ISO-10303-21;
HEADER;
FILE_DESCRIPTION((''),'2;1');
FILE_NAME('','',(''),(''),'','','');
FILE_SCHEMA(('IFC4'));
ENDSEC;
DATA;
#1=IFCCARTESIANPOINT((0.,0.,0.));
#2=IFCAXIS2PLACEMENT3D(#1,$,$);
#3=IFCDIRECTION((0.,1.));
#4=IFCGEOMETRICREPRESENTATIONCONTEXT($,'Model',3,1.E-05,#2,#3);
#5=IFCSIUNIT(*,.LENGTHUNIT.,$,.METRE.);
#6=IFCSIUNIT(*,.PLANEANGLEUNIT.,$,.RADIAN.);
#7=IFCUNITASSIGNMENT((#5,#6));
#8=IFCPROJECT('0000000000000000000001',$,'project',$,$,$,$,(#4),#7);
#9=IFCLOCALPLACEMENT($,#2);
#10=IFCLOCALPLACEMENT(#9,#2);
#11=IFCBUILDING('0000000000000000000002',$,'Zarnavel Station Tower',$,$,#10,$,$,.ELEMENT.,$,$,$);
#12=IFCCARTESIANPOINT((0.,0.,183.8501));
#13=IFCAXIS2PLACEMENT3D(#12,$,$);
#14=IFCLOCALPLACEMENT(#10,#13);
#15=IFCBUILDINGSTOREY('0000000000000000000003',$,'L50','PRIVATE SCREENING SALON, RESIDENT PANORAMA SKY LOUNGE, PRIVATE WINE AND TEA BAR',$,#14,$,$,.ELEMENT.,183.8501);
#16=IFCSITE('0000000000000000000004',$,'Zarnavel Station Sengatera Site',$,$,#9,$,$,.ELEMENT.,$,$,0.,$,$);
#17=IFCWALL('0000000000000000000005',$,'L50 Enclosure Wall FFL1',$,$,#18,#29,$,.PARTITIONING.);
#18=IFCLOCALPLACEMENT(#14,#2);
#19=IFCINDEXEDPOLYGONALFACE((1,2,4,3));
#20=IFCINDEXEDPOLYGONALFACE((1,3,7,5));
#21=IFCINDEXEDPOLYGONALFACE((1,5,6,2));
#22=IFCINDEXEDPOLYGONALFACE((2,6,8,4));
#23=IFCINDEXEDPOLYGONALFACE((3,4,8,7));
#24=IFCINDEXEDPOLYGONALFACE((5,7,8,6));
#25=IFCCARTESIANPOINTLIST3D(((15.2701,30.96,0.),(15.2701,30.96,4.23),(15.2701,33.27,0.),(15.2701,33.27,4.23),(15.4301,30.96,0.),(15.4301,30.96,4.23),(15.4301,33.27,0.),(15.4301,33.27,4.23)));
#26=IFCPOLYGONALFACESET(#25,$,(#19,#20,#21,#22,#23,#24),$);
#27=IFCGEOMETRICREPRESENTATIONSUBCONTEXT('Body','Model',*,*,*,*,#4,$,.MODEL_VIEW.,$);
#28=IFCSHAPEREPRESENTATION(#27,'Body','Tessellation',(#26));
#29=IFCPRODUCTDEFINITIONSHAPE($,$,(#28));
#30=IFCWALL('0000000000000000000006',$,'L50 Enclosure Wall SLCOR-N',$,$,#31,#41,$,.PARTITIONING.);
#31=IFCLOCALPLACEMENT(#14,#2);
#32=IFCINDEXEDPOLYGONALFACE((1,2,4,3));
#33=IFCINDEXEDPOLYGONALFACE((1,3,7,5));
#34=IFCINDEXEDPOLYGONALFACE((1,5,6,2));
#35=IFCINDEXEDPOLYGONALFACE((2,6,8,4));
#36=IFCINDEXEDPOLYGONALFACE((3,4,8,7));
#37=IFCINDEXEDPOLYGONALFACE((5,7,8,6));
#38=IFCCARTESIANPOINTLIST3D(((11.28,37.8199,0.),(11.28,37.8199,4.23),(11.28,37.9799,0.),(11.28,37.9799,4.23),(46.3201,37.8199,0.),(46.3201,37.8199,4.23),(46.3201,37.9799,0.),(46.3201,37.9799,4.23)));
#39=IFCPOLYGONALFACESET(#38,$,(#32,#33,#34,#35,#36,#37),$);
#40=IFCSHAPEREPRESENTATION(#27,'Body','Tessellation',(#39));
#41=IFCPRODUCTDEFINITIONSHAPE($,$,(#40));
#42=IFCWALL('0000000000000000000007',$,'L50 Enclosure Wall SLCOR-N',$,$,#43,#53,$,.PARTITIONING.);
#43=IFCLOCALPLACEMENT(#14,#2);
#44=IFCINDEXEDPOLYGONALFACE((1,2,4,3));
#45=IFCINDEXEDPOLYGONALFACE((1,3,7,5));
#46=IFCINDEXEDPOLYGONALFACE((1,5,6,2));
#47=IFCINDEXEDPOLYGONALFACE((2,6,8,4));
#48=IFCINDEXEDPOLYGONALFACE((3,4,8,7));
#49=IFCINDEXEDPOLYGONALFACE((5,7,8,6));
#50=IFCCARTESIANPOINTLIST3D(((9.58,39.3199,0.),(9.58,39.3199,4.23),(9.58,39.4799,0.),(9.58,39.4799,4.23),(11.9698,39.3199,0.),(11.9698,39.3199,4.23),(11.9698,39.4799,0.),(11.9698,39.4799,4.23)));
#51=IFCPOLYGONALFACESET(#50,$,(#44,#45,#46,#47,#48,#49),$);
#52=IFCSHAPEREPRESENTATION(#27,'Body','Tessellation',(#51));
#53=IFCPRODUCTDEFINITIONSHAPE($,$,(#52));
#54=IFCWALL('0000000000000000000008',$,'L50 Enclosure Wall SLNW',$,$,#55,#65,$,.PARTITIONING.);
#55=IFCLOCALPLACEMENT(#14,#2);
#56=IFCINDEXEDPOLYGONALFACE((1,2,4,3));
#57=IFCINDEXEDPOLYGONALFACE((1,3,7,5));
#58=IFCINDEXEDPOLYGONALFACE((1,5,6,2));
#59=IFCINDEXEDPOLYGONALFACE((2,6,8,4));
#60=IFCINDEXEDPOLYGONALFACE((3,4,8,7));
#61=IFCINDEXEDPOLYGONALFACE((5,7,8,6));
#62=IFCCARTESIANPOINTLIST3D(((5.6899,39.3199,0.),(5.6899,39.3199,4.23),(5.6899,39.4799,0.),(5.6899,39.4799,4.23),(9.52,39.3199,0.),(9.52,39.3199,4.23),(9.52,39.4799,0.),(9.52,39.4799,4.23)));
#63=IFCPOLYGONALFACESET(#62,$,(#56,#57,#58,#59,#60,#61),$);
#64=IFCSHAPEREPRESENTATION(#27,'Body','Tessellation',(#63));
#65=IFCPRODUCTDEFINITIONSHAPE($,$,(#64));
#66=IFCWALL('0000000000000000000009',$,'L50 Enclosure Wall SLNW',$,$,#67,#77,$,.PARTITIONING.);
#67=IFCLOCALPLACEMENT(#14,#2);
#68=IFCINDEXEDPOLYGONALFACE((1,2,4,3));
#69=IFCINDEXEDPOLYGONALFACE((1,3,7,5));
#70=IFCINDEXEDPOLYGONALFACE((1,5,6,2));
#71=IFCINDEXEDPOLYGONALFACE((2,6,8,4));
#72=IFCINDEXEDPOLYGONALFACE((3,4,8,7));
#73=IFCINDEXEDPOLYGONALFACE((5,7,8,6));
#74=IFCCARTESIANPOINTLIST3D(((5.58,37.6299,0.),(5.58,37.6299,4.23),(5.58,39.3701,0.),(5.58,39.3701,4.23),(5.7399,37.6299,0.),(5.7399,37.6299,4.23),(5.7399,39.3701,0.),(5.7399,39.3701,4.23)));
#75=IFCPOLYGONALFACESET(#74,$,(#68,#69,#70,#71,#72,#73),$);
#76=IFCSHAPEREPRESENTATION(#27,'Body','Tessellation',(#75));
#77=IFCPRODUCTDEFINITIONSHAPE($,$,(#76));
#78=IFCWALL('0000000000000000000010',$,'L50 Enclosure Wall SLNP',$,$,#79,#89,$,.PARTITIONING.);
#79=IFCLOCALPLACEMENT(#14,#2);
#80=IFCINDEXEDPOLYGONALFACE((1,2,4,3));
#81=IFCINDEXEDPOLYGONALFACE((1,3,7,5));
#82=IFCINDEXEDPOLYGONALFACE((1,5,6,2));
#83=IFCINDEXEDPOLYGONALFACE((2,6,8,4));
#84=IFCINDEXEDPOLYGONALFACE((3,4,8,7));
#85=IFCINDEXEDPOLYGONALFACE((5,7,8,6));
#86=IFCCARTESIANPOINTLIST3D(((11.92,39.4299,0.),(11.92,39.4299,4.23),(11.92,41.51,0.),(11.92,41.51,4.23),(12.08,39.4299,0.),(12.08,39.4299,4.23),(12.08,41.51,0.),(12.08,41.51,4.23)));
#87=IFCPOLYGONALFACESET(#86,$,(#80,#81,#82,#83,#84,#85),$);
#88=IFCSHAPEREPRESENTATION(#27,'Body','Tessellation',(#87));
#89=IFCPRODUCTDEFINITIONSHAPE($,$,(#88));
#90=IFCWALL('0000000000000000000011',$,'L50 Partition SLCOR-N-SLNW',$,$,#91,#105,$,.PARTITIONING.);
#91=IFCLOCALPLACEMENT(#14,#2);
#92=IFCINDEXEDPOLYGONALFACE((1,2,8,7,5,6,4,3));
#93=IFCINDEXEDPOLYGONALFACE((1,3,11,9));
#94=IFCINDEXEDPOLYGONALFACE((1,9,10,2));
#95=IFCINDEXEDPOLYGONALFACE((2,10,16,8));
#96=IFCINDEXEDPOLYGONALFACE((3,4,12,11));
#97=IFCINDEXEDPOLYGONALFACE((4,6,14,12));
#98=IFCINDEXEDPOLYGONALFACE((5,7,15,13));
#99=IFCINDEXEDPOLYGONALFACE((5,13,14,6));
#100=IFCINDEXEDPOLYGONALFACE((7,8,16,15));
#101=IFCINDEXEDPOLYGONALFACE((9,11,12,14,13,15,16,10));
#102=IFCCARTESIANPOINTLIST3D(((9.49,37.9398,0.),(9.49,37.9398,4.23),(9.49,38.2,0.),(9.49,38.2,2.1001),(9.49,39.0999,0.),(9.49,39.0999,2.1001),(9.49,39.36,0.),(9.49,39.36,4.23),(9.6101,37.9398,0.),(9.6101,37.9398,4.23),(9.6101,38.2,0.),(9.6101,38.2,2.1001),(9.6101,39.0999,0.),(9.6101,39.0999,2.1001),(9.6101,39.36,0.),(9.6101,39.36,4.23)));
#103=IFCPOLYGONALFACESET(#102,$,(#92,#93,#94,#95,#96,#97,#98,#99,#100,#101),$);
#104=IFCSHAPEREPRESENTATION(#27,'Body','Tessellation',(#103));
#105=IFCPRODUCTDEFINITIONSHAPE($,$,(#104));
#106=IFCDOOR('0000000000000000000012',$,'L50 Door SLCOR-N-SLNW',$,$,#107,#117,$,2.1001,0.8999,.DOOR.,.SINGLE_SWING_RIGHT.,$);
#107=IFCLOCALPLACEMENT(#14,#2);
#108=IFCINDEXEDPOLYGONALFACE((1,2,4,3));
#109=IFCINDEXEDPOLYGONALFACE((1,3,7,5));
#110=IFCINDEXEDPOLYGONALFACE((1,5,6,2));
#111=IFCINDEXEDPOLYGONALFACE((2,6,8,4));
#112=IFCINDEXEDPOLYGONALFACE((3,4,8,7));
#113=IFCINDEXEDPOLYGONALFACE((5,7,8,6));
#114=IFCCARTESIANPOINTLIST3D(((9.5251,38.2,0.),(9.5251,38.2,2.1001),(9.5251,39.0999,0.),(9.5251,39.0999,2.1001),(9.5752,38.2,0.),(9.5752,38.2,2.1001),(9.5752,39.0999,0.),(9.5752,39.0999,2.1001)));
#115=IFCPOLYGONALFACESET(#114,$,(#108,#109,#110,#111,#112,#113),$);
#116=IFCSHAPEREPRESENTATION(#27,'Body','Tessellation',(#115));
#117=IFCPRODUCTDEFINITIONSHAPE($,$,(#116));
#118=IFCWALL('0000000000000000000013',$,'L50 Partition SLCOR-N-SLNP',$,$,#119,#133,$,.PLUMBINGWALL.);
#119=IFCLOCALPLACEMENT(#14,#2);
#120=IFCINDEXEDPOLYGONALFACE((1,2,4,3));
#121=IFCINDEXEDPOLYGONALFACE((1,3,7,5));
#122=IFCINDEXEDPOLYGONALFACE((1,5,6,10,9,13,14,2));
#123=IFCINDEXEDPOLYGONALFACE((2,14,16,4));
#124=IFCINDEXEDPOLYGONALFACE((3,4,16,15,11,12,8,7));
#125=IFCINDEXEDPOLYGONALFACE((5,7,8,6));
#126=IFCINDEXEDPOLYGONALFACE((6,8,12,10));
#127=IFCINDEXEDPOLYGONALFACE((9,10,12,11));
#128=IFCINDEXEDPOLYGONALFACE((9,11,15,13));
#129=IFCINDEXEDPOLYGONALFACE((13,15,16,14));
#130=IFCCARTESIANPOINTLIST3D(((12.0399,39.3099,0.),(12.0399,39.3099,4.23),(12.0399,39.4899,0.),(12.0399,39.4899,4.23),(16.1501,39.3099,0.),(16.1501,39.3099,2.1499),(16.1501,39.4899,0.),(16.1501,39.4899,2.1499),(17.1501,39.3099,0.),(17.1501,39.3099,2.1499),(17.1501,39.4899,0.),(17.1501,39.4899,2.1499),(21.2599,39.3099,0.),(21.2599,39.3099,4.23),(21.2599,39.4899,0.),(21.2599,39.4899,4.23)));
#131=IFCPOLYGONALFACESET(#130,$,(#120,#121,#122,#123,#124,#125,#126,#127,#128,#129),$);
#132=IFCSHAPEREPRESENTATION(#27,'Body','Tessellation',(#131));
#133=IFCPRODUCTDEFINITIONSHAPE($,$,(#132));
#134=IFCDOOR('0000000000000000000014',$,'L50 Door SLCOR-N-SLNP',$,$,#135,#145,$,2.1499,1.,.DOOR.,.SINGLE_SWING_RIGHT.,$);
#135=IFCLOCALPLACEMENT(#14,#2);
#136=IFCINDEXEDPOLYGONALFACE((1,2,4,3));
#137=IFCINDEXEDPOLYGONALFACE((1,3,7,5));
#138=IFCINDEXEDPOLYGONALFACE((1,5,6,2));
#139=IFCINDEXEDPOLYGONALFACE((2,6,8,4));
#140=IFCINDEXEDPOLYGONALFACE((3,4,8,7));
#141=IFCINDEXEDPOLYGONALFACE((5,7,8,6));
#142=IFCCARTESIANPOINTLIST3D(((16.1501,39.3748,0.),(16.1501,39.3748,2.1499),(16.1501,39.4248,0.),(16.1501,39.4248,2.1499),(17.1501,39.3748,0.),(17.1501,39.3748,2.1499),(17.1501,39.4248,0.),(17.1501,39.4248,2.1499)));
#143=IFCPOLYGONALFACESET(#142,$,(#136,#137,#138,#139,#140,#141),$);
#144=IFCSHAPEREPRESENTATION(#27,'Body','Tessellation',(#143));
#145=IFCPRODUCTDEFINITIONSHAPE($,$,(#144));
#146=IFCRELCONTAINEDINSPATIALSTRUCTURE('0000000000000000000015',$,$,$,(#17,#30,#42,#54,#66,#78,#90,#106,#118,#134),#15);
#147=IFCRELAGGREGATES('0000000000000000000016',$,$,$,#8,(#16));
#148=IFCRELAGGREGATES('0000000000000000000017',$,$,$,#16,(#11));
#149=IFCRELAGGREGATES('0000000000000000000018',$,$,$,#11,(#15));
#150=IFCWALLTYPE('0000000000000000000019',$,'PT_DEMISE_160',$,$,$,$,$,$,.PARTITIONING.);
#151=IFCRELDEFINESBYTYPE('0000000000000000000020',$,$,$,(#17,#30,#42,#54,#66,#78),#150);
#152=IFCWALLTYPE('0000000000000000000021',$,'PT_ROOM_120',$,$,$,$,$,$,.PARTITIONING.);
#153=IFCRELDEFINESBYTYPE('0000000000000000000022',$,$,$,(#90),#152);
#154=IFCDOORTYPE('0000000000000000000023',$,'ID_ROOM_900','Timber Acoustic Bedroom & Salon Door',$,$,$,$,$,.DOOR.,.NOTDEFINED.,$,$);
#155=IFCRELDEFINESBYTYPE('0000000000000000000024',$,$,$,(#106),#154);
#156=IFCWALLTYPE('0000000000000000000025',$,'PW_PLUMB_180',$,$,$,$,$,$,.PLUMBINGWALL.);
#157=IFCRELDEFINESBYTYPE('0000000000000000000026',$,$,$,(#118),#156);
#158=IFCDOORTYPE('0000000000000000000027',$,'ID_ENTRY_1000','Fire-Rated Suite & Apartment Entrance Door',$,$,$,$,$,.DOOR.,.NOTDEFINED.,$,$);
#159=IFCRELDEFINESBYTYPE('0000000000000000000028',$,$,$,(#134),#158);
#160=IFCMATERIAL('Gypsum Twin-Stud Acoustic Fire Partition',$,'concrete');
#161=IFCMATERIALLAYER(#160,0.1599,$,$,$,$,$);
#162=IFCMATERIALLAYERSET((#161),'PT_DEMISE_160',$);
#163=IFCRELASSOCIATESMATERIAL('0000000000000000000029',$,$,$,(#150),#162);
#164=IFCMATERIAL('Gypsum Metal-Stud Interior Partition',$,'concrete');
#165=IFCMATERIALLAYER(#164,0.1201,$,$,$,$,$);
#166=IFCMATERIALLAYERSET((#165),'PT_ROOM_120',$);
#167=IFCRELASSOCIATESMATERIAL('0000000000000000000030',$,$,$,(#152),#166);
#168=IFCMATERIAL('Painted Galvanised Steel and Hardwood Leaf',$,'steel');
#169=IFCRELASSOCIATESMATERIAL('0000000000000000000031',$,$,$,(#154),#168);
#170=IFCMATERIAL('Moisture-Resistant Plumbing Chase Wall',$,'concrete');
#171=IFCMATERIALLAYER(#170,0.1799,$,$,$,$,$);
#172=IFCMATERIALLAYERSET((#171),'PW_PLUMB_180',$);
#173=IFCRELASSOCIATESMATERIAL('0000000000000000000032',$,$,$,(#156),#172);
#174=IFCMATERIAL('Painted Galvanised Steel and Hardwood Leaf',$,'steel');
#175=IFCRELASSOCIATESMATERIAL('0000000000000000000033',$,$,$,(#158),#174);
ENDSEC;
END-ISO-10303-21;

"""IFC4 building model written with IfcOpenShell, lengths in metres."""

from ifc_helpers import new_model, si_unit, direction, frame, frame_2d, origin, place, context, subcontext, project, spatial, rectangle, extrude, material, layer, layer_set, type_object, element, fill, save


model = new_model("IFC4")

# Units and contexts
model_context = context("Model", 3, precision=1e-05, world=origin(), true_north=direction((0.0, 1.0)))
body_context = subcontext(model_context, "Body", "Model", "MODEL_VIEW")
ifc_project = project(units=[si_unit("LENGTHUNIT", "METRE"), si_unit("PLANEANGLEUNIT", "RADIAN")], contexts=[model_context])

# Site, building, storey
site_placement = place(None, origin())
site = spatial("IfcSite", under=ifc_project, at=site_placement, Name="Zarnavel Station Sengatera Site", CompositionType="ELEMENT", RefElevation=0.0)
building_placement = place(site_placement, origin())
building = spatial("IfcBuilding", under=site, at=building_placement, Name="Zarnavel Station Tower", CompositionType="ELEMENT")
storey_placement = place(building_placement, frame((0.0, 0.0, 183.8501)))
storey = spatial("IfcBuildingStorey", under=building, at=storey_placement, Name="L50", Description="PRIVATE SCREENING SALON, RESIDENT PANORAMA SKY LOUNGE, PRIVATE WINE AND TEA BAR", CompositionType="ELEMENT", Elevation=183.8501)

# Walls
ifc_material_1 = material(Name="Gypsum Twin-Stud Acoustic Fire Partition", Category="concrete")
ifc_layer_1 = layer(ifc_material_1, 0.1599)
ifc_layer_set_1 = layer_set([ifc_layer_1], Name="PT_DEMISE_160")
wall_type_1 = type_object("IfcWallType", Name="PT_DEMISE_160", PredefinedType="PARTITIONING", material=ifc_layer_set_1)
wall_1_placement = place(storey_placement, frame((15.3501, 30.96, 0.0), z_axis=(0.0, 0.0, 1.0), x_axis=(0.0, 1.0, 0.0)))
element("IfcWall", 1, at=wall_1_placement, inside=storey, type_object=wall_type_1, Name="L50 Enclosure Wall FFL1", PredefinedType="PARTITIONING", context=body_context, shape_type="SweptSolid", body=[
    extrude(rectangle(XDim=2.3101, YDim=0.1599, at=frame_2d((1.155, 0.0))), origin(), (0.0, 0.0, 1.0), 4.23),
])
wall_2_placement = place(storey_placement, frame((11.28, 37.8999, 0.0), z_axis=(0.0, 0.0, 1.0), x_axis=(1.0, 0.0, 0.0)))
element("IfcWall", 2, at=wall_2_placement, inside=storey, type_object=wall_type_1, Name="L50 Enclosure Wall SLCOR-N", PredefinedType="PARTITIONING", context=body_context, shape_type="SweptSolid", body=[
    extrude(rectangle(XDim=35.04, YDim=0.1599, at=frame_2d((17.52, 0.0))), origin(), (0.0, 0.0, 1.0), 4.23),
])
wall_3_placement = place(storey_placement, frame((9.5801, 39.3999, 0.0), z_axis=(0.0, 0.0, 1.0), x_axis=(1.0, 0.0, 0.0)))
element("IfcWall", 3, at=wall_3_placement, inside=storey, type_object=wall_type_1, Name="L50 Enclosure Wall SLCOR-N", PredefinedType="PARTITIONING", context=body_context, shape_type="SweptSolid", body=[
    extrude(rectangle(XDim=2.3899, YDim=0.1599, at=frame_2d((1.1948, 0.0))), origin(), (0.0, 0.0, 1.0), 4.23),
])
wall_4_placement = place(storey_placement, frame((5.6899, 39.3999, 0.0), z_axis=(0.0, 0.0, 1.0), x_axis=(1.0, 0.0, 0.0)))
element("IfcWall", 4, at=wall_4_placement, inside=storey, type_object=wall_type_1, Name="L50 Enclosure Wall SLNW", PredefinedType="PARTITIONING", context=body_context, shape_type="SweptSolid", body=[
    extrude(rectangle(XDim=3.8301, YDim=0.1599, at=frame_2d((1.915, 0.0))), origin(), (0.0, 0.0, 1.0), 4.23),
])
wall_5_placement = place(storey_placement, frame((5.6599, 37.6299, 0.0), z_axis=(0.0, 0.0, 1.0), x_axis=(0.0, 1.0, 0.0)))
element("IfcWall", 5, at=wall_5_placement, inside=storey, type_object=wall_type_1, Name="L50 Enclosure Wall SLNW", PredefinedType="PARTITIONING", context=body_context, shape_type="SweptSolid", body=[
    extrude(rectangle(XDim=1.7402, YDim=0.1599, at=frame_2d((0.8701, 0.0))), origin(), (0.0, 0.0, 1.0), 4.23),
])
wall_6_placement = place(storey_placement, frame((12.0, 39.4299, 0.0), z_axis=(0.0, 0.0, 1.0), x_axis=(0.0, 1.0, 0.0)))
element("IfcWall", 6, at=wall_6_placement, inside=storey, type_object=wall_type_1, Name="L50 Enclosure Wall SLNP", PredefinedType="PARTITIONING", context=body_context, shape_type="SweptSolid", body=[
    extrude(rectangle(XDim=2.0801, YDim=0.1599, at=frame_2d((1.04, 0.0))), origin(), (0.0, 0.0, 1.0), 4.23),
])

# Walls, openings, doors
ifc_material_2 = material(Name="Gypsum Metal-Stud Interior Partition", Category="concrete")
ifc_layer_2 = layer(ifc_material_2, 0.1201)
ifc_layer_set_2 = layer_set([ifc_layer_2], Name="PT_ROOM_120")
wall_type_2 = type_object("IfcWallType", Name="PT_ROOM_120", PredefinedType="PARTITIONING", material=ifc_layer_set_2)
wall_7_placement = place(storey_placement, frame((9.55, 37.9399, 0.0), z_axis=(0.0, 0.0, 1.0), x_axis=(0.0, 1.0, 0.0)))
wall_7 = element("IfcWall", 7, at=wall_7_placement, inside=storey, type_object=wall_type_2, Name="L50 Partition SLCOR-N-SLNW", PredefinedType="PARTITIONING", context=body_context, shape_type="SweptSolid", body=[
    extrude(rectangle(XDim=1.4202, YDim=0.1201, at=frame_2d((0.71, 0.0))), origin(), (0.0, 0.0, 1.0), 4.23),
])
opening_1_placement = place(wall_7_placement, frame((0.26, 0.0, 0.0)))
opening_1 = element("IfcOpeningElement", 8, at=opening_1_placement, cuts=wall_7, PredefinedType="OPENING", context=body_context, shape_type="SweptSolid", body=[
    extrude(rectangle(XDim=0.8999, YDim=2.1001, at=frame_2d((0.45, 1.05))), frame((0.0, 0.0701, 0.0), z_axis=(0.0, -1.0, 0.0), x_axis=(1.0, 0.0, 0.0)), (0.0, 0.0, 1.0), 0.1401),
])
ifc_material_3 = material(Name="Painted Galvanised Steel and Hardwood Leaf", Category="steel")
door_type_1 = type_object("IfcDoorType", Name="ID_ROOM_900", Description="Timber Acoustic Bedroom & Salon Door", OperationType="NOTDEFINED", PredefinedType="DOOR", material=ifc_material_3)
door_1_placement = place(opening_1_placement, origin())
door_1 = element("IfcDoor", 9, at=door_1_placement, inside=storey, type_object=door_type_1, Name="L50 Door SLCOR-N-SLNW", OperationType="SINGLE_SWING_RIGHT", OverallHeight=2.1001, OverallWidth=0.8999, PredefinedType="DOOR", context=body_context, shape_type="SweptSolid", body=[
    extrude(rectangle(XDim=0.8999, YDim=2.1001, at=frame_2d((0.45, 1.05))), frame((0.0, 0.0249, 0.0), z_axis=(0.0, -1.0, 0.0), x_axis=(1.0, 0.0, 0.0)), (0.0, 0.0, 1.0), 0.05),
])
fill(opening_1, door_1)
ifc_material_4 = material(Name="Moisture-Resistant Plumbing Chase Wall", Category="concrete")
ifc_layer_3 = layer(ifc_material_4, 0.1799)
ifc_layer_set_3 = layer_set([ifc_layer_3], Name="PW_PLUMB_180")
wall_type_3 = type_object("IfcWallType", Name="PW_PLUMB_180", PredefinedType="PLUMBINGWALL", material=ifc_layer_set_3)
wall_8_placement = place(storey_placement, frame((12.04, 39.3999, 0.0), z_axis=(0.0, 0.0, 1.0), x_axis=(1.0, 0.0, 0.0)))
wall_8 = element("IfcWall", 10, at=wall_8_placement, inside=storey, type_object=wall_type_3, Name="L50 Partition SLCOR-N-SLNP", PredefinedType="PLUMBINGWALL", context=body_context, shape_type="SweptSolid", body=[
    extrude(rectangle(XDim=9.22, YDim=0.1799, at=frame_2d((4.6099, 0.0))), origin(), (0.0, 0.0, 1.0), 4.23),
])
opening_2_placement = place(wall_8_placement, frame((4.1101, 0.0, 0.0)))
opening_2 = element("IfcOpeningElement", 11, at=opening_2_placement, cuts=wall_8, PredefinedType="OPENING", context=body_context, shape_type="SweptSolid", body=[
    extrude(rectangle(XDim=1.0, YDim=2.1499, at=frame_2d((0.5, 1.075))), frame((0.0, 0.0999, 0.0), z_axis=(0.0, -1.0, 0.0), x_axis=(1.0, 0.0, 0.0)), (0.0, 0.0, 1.0), 0.2),
])
ifc_material_5 = material(Name="Painted Galvanised Steel and Hardwood Leaf", Category="steel")
door_type_2 = type_object("IfcDoorType", Name="ID_ENTRY_1000", Description="Fire-Rated Suite & Apartment Entrance Door", OperationType="NOTDEFINED", PredefinedType="DOOR", material=ifc_material_5)
door_2_placement = place(opening_2_placement, origin())
door_2 = element("IfcDoor", 12, at=door_2_placement, inside=storey, type_object=door_type_2, Name="L50 Door SLCOR-N-SLNP", OperationType="SINGLE_SWING_RIGHT", OverallHeight=2.1499, OverallWidth=1.0, PredefinedType="DOOR", context=body_context, shape_type="SweptSolid", body=[
    extrude(rectangle(XDim=1.0, YDim=2.1499, at=frame_2d((0.5, 1.075))), frame((0.0, 0.0249, 0.0), z_axis=(0.0, -1.0, 0.0), x_axis=(1.0, 0.0, 0.0)), (0.0, 0.0, 1.0), 0.05),
])
fill(opening_2, door_2)

save(model, "model.ifc")
